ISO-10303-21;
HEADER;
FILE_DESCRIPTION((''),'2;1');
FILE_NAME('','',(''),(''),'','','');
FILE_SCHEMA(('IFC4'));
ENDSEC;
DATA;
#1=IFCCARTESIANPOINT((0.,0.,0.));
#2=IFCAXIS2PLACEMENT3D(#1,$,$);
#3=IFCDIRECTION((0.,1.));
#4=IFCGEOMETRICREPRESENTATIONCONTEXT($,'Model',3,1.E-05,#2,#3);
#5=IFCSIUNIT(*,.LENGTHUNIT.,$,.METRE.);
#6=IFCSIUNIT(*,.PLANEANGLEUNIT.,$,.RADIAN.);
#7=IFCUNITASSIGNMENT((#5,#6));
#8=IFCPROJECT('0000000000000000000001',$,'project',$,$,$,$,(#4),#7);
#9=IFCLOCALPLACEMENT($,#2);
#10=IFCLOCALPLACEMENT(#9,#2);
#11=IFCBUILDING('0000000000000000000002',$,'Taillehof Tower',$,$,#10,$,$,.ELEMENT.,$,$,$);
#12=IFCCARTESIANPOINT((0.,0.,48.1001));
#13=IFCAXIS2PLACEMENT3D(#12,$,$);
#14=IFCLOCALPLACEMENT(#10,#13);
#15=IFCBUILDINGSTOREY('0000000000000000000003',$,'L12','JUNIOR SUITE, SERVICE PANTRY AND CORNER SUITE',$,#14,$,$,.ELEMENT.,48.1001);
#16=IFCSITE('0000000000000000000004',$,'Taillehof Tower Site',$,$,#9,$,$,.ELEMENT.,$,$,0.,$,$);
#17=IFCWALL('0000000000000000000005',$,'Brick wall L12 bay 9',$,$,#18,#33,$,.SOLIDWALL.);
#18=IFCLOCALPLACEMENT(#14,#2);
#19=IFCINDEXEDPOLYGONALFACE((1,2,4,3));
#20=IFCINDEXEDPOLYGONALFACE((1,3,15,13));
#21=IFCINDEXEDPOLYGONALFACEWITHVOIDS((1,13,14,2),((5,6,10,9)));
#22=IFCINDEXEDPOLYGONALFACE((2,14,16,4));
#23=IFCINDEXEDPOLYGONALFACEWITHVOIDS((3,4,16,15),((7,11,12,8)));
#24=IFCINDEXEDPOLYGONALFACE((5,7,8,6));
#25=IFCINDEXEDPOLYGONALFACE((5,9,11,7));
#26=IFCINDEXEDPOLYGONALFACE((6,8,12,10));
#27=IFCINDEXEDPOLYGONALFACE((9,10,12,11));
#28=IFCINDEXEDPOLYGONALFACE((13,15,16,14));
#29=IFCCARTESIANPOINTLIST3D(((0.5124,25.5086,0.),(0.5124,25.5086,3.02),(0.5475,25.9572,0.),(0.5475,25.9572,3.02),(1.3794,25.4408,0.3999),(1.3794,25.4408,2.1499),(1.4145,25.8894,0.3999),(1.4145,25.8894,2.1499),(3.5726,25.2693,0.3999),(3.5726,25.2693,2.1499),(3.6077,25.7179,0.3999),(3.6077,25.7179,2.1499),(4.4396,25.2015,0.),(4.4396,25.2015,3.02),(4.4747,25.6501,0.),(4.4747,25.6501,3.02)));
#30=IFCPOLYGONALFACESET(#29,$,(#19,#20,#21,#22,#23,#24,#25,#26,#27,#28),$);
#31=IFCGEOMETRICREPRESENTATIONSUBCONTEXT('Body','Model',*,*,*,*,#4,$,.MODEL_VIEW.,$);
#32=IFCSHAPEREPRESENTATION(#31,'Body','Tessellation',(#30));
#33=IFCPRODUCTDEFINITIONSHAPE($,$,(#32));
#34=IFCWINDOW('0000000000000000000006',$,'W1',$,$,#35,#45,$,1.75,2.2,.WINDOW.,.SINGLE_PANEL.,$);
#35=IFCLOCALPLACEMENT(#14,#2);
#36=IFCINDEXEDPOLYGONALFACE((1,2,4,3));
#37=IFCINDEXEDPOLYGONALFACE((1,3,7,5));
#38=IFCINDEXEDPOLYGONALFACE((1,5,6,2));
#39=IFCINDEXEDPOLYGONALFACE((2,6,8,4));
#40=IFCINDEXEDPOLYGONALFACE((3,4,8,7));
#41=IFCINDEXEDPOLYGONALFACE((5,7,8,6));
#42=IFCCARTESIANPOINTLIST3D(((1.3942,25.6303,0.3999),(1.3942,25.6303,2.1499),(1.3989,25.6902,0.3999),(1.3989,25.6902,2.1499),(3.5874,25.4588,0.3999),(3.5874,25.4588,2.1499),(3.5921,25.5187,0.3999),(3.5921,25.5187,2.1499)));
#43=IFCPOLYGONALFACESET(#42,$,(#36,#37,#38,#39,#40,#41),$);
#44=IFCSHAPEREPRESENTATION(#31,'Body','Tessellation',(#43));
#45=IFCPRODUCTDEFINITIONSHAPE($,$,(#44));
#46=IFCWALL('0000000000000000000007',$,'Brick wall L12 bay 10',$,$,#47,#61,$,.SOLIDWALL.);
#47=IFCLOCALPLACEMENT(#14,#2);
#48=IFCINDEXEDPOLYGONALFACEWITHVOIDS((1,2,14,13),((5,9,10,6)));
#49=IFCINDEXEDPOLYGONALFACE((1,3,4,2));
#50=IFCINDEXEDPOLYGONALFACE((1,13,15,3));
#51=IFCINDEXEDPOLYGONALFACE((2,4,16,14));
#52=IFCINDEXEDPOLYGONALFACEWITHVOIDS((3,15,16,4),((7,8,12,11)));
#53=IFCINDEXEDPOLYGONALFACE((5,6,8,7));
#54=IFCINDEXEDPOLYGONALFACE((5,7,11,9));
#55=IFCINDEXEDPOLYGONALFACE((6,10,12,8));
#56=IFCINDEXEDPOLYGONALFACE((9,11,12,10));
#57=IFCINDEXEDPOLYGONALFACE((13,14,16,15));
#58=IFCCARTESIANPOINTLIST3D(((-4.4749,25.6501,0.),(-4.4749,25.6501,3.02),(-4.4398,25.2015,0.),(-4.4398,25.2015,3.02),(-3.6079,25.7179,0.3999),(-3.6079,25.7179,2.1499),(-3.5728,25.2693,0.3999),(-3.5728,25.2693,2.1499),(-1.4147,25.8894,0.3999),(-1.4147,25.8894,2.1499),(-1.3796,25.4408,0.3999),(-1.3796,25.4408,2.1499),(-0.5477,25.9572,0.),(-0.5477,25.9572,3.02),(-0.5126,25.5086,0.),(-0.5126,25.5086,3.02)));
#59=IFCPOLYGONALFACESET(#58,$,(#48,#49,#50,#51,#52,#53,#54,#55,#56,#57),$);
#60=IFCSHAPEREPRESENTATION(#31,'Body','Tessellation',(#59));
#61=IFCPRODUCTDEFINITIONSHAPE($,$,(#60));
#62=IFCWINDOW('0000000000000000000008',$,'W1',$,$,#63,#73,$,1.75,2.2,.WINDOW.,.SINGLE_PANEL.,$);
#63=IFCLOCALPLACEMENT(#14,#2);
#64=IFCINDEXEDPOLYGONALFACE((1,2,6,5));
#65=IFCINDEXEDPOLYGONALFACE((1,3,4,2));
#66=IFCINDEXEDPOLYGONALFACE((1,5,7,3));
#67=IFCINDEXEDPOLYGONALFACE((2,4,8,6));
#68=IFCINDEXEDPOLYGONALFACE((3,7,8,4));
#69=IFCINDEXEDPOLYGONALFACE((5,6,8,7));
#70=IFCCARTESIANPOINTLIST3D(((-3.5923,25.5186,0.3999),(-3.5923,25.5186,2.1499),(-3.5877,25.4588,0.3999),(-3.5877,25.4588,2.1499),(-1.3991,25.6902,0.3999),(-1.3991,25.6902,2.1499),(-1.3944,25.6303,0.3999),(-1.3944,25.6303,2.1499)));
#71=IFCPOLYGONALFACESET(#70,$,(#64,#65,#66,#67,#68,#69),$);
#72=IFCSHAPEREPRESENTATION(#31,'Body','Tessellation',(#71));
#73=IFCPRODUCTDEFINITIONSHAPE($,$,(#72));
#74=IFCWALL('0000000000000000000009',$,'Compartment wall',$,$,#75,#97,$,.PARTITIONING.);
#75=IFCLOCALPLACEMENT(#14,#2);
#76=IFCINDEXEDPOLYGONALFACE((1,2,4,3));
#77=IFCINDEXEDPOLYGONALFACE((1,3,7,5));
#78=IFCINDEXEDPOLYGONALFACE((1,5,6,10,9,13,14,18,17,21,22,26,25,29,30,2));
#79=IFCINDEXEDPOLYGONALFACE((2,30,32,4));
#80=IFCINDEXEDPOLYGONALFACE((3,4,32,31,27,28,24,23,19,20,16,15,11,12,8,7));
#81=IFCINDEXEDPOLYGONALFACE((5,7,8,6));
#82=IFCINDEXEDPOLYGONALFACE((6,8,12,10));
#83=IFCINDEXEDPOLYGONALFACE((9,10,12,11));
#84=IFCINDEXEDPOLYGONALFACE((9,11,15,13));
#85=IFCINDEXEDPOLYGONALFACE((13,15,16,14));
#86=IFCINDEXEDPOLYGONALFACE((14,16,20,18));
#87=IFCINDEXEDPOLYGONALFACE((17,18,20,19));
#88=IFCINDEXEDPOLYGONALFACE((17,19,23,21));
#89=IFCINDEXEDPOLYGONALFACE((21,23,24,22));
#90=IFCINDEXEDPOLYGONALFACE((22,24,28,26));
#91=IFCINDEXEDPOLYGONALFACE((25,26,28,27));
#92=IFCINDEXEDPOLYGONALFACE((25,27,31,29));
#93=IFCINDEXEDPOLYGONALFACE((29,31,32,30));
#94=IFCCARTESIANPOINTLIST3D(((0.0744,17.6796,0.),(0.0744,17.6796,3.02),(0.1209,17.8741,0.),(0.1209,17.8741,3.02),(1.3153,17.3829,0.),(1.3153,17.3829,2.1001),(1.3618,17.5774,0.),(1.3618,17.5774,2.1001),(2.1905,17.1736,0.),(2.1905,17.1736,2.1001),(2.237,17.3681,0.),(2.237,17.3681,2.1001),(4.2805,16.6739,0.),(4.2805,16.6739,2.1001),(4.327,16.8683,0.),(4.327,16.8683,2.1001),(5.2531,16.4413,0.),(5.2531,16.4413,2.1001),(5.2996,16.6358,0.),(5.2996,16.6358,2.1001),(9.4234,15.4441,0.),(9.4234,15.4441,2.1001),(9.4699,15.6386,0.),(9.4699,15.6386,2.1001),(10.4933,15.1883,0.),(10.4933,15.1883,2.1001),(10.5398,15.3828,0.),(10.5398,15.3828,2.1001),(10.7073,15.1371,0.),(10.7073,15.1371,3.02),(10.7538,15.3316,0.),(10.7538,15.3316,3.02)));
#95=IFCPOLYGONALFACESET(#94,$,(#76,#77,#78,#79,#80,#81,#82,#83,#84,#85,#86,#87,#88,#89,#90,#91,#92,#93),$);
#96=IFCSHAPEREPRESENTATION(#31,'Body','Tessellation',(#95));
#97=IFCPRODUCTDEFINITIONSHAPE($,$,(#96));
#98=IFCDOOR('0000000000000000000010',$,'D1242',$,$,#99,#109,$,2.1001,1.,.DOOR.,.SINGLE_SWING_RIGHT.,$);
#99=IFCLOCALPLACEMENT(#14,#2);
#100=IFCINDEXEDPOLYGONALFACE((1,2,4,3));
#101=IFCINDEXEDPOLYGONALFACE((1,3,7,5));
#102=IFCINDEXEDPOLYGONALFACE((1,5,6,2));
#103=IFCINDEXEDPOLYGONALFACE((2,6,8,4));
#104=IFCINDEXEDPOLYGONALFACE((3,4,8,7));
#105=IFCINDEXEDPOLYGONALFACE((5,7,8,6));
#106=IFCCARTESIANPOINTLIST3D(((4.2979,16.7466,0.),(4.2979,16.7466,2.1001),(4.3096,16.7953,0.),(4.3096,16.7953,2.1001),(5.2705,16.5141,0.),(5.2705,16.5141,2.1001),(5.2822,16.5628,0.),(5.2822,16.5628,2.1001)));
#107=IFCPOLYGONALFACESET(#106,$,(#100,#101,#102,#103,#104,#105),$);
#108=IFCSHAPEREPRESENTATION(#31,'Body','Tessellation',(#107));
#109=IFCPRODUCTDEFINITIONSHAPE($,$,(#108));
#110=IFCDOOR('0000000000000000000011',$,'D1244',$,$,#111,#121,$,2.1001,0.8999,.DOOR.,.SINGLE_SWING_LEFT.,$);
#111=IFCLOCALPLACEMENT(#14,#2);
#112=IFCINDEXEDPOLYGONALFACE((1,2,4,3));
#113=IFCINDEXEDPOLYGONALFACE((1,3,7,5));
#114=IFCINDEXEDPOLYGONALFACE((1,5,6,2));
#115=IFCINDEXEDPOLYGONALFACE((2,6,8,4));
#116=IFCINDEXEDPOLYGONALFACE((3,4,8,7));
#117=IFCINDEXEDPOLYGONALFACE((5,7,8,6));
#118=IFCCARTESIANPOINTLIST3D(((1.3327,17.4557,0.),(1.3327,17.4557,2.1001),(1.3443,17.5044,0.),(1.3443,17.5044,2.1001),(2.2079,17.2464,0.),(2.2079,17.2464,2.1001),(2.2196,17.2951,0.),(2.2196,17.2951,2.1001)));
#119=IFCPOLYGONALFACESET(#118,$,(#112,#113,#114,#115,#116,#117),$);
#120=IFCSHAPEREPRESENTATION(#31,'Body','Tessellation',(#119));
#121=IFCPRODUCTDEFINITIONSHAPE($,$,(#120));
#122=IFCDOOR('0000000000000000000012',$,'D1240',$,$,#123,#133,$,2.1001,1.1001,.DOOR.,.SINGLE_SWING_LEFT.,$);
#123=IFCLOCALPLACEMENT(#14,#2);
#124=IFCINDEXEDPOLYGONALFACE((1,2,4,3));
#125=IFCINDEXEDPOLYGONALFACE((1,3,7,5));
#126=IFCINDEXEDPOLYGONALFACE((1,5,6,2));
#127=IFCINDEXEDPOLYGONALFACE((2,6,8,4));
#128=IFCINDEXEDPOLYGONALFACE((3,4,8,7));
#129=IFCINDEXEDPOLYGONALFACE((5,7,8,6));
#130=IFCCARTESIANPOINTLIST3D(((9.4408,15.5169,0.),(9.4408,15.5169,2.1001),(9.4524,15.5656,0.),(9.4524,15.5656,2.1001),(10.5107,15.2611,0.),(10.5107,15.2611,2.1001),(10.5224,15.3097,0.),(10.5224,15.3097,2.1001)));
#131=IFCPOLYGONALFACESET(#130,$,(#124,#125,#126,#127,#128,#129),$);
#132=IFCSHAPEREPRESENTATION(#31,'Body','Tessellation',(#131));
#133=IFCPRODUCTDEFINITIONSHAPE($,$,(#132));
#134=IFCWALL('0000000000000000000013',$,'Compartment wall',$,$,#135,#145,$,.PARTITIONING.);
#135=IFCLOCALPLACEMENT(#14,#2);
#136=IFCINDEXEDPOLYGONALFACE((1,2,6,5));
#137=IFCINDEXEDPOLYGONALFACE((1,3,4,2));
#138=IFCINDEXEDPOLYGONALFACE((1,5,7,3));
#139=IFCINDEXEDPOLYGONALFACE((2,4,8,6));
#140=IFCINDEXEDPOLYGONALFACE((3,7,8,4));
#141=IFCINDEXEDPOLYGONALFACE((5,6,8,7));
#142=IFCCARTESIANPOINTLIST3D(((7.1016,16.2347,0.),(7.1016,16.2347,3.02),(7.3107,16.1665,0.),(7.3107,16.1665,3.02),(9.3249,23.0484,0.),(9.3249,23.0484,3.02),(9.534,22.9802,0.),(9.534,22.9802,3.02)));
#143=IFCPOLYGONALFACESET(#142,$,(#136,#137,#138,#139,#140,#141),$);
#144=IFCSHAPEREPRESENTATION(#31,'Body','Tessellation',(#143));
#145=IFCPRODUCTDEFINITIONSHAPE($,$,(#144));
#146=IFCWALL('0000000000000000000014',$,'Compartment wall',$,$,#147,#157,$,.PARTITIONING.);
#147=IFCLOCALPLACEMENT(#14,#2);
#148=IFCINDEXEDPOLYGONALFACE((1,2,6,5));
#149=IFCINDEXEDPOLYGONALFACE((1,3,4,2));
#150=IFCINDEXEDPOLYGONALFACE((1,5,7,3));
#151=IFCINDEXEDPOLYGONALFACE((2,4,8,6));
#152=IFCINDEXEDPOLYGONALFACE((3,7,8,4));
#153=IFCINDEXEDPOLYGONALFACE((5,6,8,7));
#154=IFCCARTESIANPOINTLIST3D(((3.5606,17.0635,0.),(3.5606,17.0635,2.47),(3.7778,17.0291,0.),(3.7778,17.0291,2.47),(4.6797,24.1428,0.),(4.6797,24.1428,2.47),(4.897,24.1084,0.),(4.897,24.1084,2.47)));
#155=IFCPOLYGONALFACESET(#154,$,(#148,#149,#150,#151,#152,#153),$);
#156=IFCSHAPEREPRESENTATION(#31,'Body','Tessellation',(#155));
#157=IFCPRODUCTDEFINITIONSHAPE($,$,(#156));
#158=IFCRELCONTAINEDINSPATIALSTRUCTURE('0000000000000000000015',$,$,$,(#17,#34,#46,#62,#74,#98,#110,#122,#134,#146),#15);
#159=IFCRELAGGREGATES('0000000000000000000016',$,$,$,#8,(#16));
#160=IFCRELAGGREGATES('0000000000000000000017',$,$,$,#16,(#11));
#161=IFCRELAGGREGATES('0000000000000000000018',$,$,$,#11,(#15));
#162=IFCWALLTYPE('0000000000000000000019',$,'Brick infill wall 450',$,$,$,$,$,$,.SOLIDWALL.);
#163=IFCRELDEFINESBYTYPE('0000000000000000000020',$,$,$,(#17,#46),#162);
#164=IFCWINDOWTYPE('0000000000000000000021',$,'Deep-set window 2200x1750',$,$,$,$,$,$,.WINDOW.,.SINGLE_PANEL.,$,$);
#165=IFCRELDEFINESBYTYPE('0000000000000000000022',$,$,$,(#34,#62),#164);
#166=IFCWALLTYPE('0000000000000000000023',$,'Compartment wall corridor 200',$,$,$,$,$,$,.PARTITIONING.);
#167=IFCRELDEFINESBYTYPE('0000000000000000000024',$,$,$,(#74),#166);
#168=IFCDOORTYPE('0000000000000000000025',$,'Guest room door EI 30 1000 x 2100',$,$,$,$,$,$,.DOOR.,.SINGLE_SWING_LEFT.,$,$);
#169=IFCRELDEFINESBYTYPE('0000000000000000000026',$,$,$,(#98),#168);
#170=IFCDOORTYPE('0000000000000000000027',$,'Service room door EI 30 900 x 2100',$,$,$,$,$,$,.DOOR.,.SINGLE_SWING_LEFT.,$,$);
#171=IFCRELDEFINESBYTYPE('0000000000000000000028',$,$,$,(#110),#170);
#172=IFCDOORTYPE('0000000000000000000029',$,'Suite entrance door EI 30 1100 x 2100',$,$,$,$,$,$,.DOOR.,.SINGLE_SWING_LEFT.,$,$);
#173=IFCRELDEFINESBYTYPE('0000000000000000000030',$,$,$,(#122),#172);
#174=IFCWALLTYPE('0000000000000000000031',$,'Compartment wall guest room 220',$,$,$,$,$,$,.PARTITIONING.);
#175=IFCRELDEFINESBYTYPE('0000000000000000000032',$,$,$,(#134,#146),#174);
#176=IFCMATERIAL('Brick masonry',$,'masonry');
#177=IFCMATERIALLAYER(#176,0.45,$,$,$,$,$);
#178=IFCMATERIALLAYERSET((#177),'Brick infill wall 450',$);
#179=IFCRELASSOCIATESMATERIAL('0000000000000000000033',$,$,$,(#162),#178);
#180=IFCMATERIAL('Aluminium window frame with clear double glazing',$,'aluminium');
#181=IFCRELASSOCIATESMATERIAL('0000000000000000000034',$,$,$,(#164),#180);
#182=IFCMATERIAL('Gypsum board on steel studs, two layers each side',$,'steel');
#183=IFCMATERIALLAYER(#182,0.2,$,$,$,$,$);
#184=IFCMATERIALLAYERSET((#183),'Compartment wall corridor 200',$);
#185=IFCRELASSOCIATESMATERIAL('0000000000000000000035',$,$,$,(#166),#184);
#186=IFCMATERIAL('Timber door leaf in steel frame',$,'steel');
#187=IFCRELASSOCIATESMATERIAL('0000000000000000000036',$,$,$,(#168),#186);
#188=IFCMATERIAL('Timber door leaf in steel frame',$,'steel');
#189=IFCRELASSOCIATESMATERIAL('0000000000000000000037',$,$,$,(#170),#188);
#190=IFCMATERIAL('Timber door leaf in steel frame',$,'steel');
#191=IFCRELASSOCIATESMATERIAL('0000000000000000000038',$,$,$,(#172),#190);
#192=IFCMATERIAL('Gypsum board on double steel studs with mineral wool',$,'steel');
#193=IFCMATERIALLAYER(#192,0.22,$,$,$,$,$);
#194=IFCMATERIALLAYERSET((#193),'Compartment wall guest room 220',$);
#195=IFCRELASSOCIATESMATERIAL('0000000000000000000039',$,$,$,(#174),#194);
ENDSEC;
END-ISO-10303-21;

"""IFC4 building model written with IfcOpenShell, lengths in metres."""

from ifc_helpers import new_model, si_unit, direction, frame, frame_2d, origin, place, context, subcontext, project, spatial, rectangle, extrude, material, layer, layer_set, type_object, element, fill, save


model = new_model("IFC4")

# Units and contexts
model_context = context("Model", 3, precision=1e-05, world=origin(), true_north=direction((0.0, 1.0)))
body_context = subcontext(model_context, "Body", "Model", "MODEL_VIEW")
ifc_project = project(units=[si_unit("LENGTHUNIT", "METRE"), si_unit("PLANEANGLEUNIT", "RADIAN")], contexts=[model_context])

# Site, building, storey
site_placement = place(None, origin())
site = spatial("IfcSite", under=ifc_project, at=site_placement, Name="Taillehof Tower Site", CompositionType="ELEMENT", RefElevation=0.0)
building_placement = place(site_placement, origin())
building = spatial("IfcBuilding", under=site, at=building_placement, Name="Taillehof Tower", CompositionType="ELEMENT")
storey_placement = place(building_placement, frame((0.0, 0.0, 48.1001)))
storey = spatial("IfcBuildingStorey", under=building, at=storey_placement, Name="L12", Description="JUNIOR SUITE, SERVICE PANTRY AND CORNER SUITE", CompositionType="ELEMENT", Elevation=48.1001)

# Walls, openings, windows
ifc_material_1 = material(Name="Brick masonry", Category="masonry")
ifc_layer_1 = layer(ifc_material_1, 0.45)
ifc_layer_set_1 = layer_set([ifc_layer_1], Name="Brick infill wall 450")
wall_type_1 = type_object("IfcWallType", Name="Brick infill wall 450", PredefinedType="SOLIDWALL", material=ifc_layer_set_1)
ifc_material_2 = material(Name="Aluminium window frame with clear double glazing", Category="aluminium")
window_type = type_object("IfcWindowType", Name="Deep-set window 2200x1750", PartitioningType="SINGLE_PANEL", PredefinedType="WINDOW", material=ifc_material_2)
wall_1_placement = place(storey_placement, frame((4.4573, 25.4258, 0.0), z_axis=(0.0, 0.0, 1.0), x_axis=(-0.996956, 0.077967, 0.0)))
wall_1 = element("IfcWall", 1, at=wall_1_placement, inside=storey, type_object=wall_type_1, Name="Brick wall L12 bay 9", PredefinedType="SOLIDWALL", context=body_context, shape_type="SweptSolid", body=[
    extrude(rectangle(XDim=3.9392, YDim=0.45, at=frame_2d((1.9697, 0.0))), origin(), (0.0, 0.0, 1.0), 3.02),
])
opening_1_placement = place(wall_1_placement, frame((0.8696, 0.0, 0.3999)))
opening_1 = element("IfcOpeningElement", 2, at=opening_1_placement, cuts=wall_1, PredefinedType="OPENING", context=body_context, shape_type="SweptSolid", body=[
    extrude(rectangle(XDim=2.2, YDim=1.75, at=frame_2d((1.1001, 0.875))), frame((0.0, 0.2349, 0.0), z_axis=(0.0, -1.0, 0.0), x_axis=(1.0, 0.0, 0.0)), (0.0, 0.0, 1.0), 0.47),
])
window_1_placement = place(opening_1_placement, origin())
window_1 = element("IfcWindow", 3, at=window_1_placement, inside=storey, type_object=window_type, Name="W1", OverallHeight=1.75, OverallWidth=2.2, PartitioningType="SINGLE_PANEL", PredefinedType="WINDOW", context=body_context, shape_type="SweptSolid", body=[
    extrude(rectangle(XDim=2.2, YDim=1.75, at=frame_2d((1.1001, 0.875))), frame((0.0, 0.0349, 0.0), z_axis=(0.0, -1.0, 0.0), x_axis=(1.0, 0.0, 0.0)), (0.0, 0.0, 1.0), 0.0601),
])
fill(opening_1, window_1)
wall_2_placement = place(storey_placement, frame((-0.53, 25.7329, 0.0), z_axis=(0.0, 0.0, 1.0), x_axis=(-0.996956, -0.077967, 0.0)))
wall_2 = element("IfcWall", 4, at=wall_2_placement, inside=storey, type_object=wall_type_1, Name="Brick wall L12 bay 10", PredefinedType="SOLIDWALL", context=body_context, shape_type="SweptSolid", body=[
    extrude(rectangle(XDim=3.9392, YDim=0.45, at=frame_2d((1.9697, 0.0))), origin(), (0.0, 0.0, 1.0), 3.02),
])
opening_2_placement = place(wall_2_placement, frame((0.8696, 0.0, 0.3999)))
opening_2 = element("IfcOpeningElement", 5, at=opening_2_placement, cuts=wall_2, PredefinedType="OPENING", context=body_context, shape_type="SweptSolid", body=[
    extrude(rectangle(XDim=2.2, YDim=1.75, at=frame_2d((1.1001, 0.875))), frame((0.0, 0.2349, 0.0), z_axis=(0.0, -1.0, 0.0), x_axis=(1.0, 0.0, 0.0)), (0.0, 0.0, 1.0), 0.47),
])
window_2_placement = place(opening_2_placement, origin())
window_2 = element("IfcWindow", 6, at=window_2_placement, inside=storey, type_object=window_type, Name="W1", OverallHeight=1.75, OverallWidth=2.2, PartitioningType="SINGLE_PANEL", PredefinedType="WINDOW", context=body_context, shape_type="SweptSolid", body=[
    extrude(rectangle(XDim=2.2, YDim=1.75, at=frame_2d((1.1001, 0.875))), frame((0.0, 0.0349, 0.0), z_axis=(0.0, -1.0, 0.0), x_axis=(1.0, 0.0, 0.0)), (0.0, 0.0, 1.0), 0.0601),
])
fill(opening_2, window_2)

# Wall, openings, doors
ifc_material_3 = material(Name="Gypsum board on steel studs, two layers each side", Category="steel")
ifc_layer_2 = layer(ifc_material_3, 0.2)
ifc_layer_set_2 = layer_set([ifc_layer_2], Name="Compartment wall corridor 200")
wall_type_2 = type_object("IfcWallType", Name="Compartment wall corridor 200", PredefinedType="PARTITIONING", material=ifc_layer_set_2)
wall_3_placement = place(storey_placement, frame((0.0977, 17.7769, 0.0), z_axis=(0.0, 0.0, 1.0), x_axis=(0.972582, -0.23256, 0.0)))
wall_3 = element("IfcWall", 7, at=wall_3_placement, inside=storey, type_object=wall_type_2, Name="Compartment wall", PredefinedType="PARTITIONING", context=body_context, shape_type="SweptSolid", body=[
    extrude(rectangle(XDim=10.9326, YDim=0.2, at=frame_2d((5.4663, 0.0))), origin(), (0.0, 0.0, 1.0), 3.02),
])
opening_3_placement = place(wall_3_placement, frame((9.6125, 0.0, 0.0)))
opening_3 = element("IfcOpeningElement", 8, at=opening_3_placement, cuts=wall_3, PredefinedType="OPENING", context=body_context, shape_type="SweptSolid", body=[
    extrude(rectangle(XDim=1.1001, YDim=2.1001, at=frame_2d((0.55, 1.05))), frame((0.0, 0.1099, 0.0), z_axis=(0.0, -1.0, 0.0), x_axis=(1.0, 0.0, 0.0)), (0.0, 0.0, 1.0), 0.22),
])
opening_4_placement = place(wall_3_placement, frame((4.3247, 0.0, 0.0)))
opening_4 = element("IfcOpeningElement", 9, at=opening_4_placement, cuts=wall_3, PredefinedType="OPENING", context=body_context, shape_type="SweptSolid", body=[
    extrude(rectangle(XDim=1.0, YDim=2.1001, at=frame_2d((0.5, 1.05))), frame((0.0, 0.1099, 0.0), z_axis=(0.0, -1.0, 0.0), x_axis=(1.0, 0.0, 0.0)), (0.0, 0.0, 1.0), 0.22),
])
opening_5_placement = place(wall_3_placement, frame((1.2759, 0.0, 0.0)))
opening_5 = element("IfcOpeningElement", 10, at=opening_5_placement, cuts=wall_3, PredefinedType="OPENING", context=body_context, shape_type="SweptSolid", body=[
    extrude(rectangle(XDim=0.8999, YDim=2.1001, at=frame_2d((0.45, 1.05))), frame((0.0, 0.1099, 0.0), z_axis=(0.0, -1.0, 0.0), x_axis=(1.0, 0.0, 0.0)), (0.0, 0.0, 1.0), 0.22),
])
ifc_material_4 = material(Name="Timber door leaf in steel frame", Category="steel")
door_type_1 = type_object("IfcDoorType", Name="Guest room door EI 30 1000 x 2100", OperationType="SINGLE_SWING_LEFT", PredefinedType="DOOR", material=ifc_material_4)
door_1_placement = place(opening_4_placement, origin())
door_1 = element("IfcDoor", 11, at=door_1_placement, inside=storey, type_object=door_type_1, Name="D1242", OperationType="SINGLE_SWING_RIGHT", OverallHeight=2.1001, OverallWidth=1.0, PredefinedType="DOOR", context=body_context, shape_type="SweptSolid", body=[
    extrude(rectangle(XDim=1.0, YDim=2.1001, at=frame_2d((0.5, 1.05))), frame((0.0, 0.0249, 0.0), z_axis=(0.0, -1.0, 0.0), x_axis=(1.0, 0.0, 0.0)), (0.0, 0.0, 1.0), 0.05),
])
fill(opening_4, door_1)
ifc_material_5 = material(Name="Timber door leaf in steel frame", Category="steel")
door_type_2 = type_object("IfcDoorType", Name="Service room door EI 30 900 x 2100", OperationType="SINGLE_SWING_LEFT", PredefinedType="DOOR", material=ifc_material_5)
door_2_placement = place(opening_5_placement, origin())
door_2 = element("IfcDoor", 12, at=door_2_placement, inside=storey, type_object=door_type_2, Name="D1244", OperationType="SINGLE_SWING_LEFT", OverallHeight=2.1001, OverallWidth=0.8999, PredefinedType="DOOR", context=body_context, shape_type="SweptSolid", body=[
    extrude(rectangle(XDim=0.8999, YDim=2.1001, at=frame_2d((0.45, 1.05))), frame((0.0, 0.0249, 0.0), z_axis=(0.0, -1.0, 0.0), x_axis=(1.0, 0.0, 0.0)), (0.0, 0.0, 1.0), 0.05),
])
fill(opening_5, door_2)
ifc_material_6 = material(Name="Timber door leaf in steel frame", Category="steel")
door_type_3 = type_object("IfcDoorType", Name="Suite entrance door EI 30 1100 x 2100", OperationType="SINGLE_SWING_LEFT", PredefinedType="DOOR", material=ifc_material_6)
door_3_placement = place(opening_3_placement, origin())
door_3 = element("IfcDoor", 13, at=door_3_placement, inside=storey, type_object=door_type_3, Name="D1240", OperationType="SINGLE_SWING_LEFT", OverallHeight=2.1001, OverallWidth=1.1001, PredefinedType="DOOR", context=body_context, shape_type="SweptSolid", body=[
    extrude(rectangle(XDim=1.1001, YDim=2.1001, at=frame_2d((0.55, 1.05))), frame((0.0, 0.0249, 0.0), z_axis=(0.0, -1.0, 0.0), x_axis=(1.0, 0.0, 0.0)), (0.0, 0.0, 1.0), 0.05),
])
fill(opening_3, door_3)

# Walls
ifc_material_7 = material(Name="Gypsum board on double steel studs with mineral wool", Category="steel")
ifc_layer_3 = layer(ifc_material_7, 0.22)
ifc_layer_set_3 = layer_set([ifc_layer_3], Name="Compartment wall guest room 220")
wall_type_3 = type_object("IfcWallType", Name="Compartment wall guest room 220", PredefinedType="PARTITIONING", material=ifc_layer_set_3)
wall_4_placement = place(storey_placement, frame((9.4294, 23.0142, 0.0), z_axis=(0.0, 0.0, 1.0), x_axis=(-0.310213, -0.950667, 0.0)))
element("IfcWall", 14, at=wall_4_placement, inside=storey, type_object=wall_type_3, Name="Compartment wall", PredefinedType="PARTITIONING", context=body_context, shape_type="SweptSolid", body=[
    extrude(rectangle(XDim=7.1672, YDim=0.22, at=frame_2d((3.5835, 0.0))), origin(), (0.0, 0.0, 1.0), 3.02),
])
wall_5_placement = place(storey_placement, frame((4.7883, 24.1255, 0.0), z_axis=(0.0, 0.0, 1.0), x_axis=(-0.156146, -0.987734, 0.0)))
element("IfcWall", 15, at=wall_5_placement, inside=storey, type_object=wall_type_3, Name="Compartment wall", PredefinedType="PARTITIONING", context=body_context, shape_type="SweptSolid", body=[
    extrude(rectangle(XDim=7.1672, YDim=0.22, at=frame_2d((3.5835, 0.0))), origin(), (0.0, 0.0, 1.0), 2.47),
])

save(model, "model.ifc")
